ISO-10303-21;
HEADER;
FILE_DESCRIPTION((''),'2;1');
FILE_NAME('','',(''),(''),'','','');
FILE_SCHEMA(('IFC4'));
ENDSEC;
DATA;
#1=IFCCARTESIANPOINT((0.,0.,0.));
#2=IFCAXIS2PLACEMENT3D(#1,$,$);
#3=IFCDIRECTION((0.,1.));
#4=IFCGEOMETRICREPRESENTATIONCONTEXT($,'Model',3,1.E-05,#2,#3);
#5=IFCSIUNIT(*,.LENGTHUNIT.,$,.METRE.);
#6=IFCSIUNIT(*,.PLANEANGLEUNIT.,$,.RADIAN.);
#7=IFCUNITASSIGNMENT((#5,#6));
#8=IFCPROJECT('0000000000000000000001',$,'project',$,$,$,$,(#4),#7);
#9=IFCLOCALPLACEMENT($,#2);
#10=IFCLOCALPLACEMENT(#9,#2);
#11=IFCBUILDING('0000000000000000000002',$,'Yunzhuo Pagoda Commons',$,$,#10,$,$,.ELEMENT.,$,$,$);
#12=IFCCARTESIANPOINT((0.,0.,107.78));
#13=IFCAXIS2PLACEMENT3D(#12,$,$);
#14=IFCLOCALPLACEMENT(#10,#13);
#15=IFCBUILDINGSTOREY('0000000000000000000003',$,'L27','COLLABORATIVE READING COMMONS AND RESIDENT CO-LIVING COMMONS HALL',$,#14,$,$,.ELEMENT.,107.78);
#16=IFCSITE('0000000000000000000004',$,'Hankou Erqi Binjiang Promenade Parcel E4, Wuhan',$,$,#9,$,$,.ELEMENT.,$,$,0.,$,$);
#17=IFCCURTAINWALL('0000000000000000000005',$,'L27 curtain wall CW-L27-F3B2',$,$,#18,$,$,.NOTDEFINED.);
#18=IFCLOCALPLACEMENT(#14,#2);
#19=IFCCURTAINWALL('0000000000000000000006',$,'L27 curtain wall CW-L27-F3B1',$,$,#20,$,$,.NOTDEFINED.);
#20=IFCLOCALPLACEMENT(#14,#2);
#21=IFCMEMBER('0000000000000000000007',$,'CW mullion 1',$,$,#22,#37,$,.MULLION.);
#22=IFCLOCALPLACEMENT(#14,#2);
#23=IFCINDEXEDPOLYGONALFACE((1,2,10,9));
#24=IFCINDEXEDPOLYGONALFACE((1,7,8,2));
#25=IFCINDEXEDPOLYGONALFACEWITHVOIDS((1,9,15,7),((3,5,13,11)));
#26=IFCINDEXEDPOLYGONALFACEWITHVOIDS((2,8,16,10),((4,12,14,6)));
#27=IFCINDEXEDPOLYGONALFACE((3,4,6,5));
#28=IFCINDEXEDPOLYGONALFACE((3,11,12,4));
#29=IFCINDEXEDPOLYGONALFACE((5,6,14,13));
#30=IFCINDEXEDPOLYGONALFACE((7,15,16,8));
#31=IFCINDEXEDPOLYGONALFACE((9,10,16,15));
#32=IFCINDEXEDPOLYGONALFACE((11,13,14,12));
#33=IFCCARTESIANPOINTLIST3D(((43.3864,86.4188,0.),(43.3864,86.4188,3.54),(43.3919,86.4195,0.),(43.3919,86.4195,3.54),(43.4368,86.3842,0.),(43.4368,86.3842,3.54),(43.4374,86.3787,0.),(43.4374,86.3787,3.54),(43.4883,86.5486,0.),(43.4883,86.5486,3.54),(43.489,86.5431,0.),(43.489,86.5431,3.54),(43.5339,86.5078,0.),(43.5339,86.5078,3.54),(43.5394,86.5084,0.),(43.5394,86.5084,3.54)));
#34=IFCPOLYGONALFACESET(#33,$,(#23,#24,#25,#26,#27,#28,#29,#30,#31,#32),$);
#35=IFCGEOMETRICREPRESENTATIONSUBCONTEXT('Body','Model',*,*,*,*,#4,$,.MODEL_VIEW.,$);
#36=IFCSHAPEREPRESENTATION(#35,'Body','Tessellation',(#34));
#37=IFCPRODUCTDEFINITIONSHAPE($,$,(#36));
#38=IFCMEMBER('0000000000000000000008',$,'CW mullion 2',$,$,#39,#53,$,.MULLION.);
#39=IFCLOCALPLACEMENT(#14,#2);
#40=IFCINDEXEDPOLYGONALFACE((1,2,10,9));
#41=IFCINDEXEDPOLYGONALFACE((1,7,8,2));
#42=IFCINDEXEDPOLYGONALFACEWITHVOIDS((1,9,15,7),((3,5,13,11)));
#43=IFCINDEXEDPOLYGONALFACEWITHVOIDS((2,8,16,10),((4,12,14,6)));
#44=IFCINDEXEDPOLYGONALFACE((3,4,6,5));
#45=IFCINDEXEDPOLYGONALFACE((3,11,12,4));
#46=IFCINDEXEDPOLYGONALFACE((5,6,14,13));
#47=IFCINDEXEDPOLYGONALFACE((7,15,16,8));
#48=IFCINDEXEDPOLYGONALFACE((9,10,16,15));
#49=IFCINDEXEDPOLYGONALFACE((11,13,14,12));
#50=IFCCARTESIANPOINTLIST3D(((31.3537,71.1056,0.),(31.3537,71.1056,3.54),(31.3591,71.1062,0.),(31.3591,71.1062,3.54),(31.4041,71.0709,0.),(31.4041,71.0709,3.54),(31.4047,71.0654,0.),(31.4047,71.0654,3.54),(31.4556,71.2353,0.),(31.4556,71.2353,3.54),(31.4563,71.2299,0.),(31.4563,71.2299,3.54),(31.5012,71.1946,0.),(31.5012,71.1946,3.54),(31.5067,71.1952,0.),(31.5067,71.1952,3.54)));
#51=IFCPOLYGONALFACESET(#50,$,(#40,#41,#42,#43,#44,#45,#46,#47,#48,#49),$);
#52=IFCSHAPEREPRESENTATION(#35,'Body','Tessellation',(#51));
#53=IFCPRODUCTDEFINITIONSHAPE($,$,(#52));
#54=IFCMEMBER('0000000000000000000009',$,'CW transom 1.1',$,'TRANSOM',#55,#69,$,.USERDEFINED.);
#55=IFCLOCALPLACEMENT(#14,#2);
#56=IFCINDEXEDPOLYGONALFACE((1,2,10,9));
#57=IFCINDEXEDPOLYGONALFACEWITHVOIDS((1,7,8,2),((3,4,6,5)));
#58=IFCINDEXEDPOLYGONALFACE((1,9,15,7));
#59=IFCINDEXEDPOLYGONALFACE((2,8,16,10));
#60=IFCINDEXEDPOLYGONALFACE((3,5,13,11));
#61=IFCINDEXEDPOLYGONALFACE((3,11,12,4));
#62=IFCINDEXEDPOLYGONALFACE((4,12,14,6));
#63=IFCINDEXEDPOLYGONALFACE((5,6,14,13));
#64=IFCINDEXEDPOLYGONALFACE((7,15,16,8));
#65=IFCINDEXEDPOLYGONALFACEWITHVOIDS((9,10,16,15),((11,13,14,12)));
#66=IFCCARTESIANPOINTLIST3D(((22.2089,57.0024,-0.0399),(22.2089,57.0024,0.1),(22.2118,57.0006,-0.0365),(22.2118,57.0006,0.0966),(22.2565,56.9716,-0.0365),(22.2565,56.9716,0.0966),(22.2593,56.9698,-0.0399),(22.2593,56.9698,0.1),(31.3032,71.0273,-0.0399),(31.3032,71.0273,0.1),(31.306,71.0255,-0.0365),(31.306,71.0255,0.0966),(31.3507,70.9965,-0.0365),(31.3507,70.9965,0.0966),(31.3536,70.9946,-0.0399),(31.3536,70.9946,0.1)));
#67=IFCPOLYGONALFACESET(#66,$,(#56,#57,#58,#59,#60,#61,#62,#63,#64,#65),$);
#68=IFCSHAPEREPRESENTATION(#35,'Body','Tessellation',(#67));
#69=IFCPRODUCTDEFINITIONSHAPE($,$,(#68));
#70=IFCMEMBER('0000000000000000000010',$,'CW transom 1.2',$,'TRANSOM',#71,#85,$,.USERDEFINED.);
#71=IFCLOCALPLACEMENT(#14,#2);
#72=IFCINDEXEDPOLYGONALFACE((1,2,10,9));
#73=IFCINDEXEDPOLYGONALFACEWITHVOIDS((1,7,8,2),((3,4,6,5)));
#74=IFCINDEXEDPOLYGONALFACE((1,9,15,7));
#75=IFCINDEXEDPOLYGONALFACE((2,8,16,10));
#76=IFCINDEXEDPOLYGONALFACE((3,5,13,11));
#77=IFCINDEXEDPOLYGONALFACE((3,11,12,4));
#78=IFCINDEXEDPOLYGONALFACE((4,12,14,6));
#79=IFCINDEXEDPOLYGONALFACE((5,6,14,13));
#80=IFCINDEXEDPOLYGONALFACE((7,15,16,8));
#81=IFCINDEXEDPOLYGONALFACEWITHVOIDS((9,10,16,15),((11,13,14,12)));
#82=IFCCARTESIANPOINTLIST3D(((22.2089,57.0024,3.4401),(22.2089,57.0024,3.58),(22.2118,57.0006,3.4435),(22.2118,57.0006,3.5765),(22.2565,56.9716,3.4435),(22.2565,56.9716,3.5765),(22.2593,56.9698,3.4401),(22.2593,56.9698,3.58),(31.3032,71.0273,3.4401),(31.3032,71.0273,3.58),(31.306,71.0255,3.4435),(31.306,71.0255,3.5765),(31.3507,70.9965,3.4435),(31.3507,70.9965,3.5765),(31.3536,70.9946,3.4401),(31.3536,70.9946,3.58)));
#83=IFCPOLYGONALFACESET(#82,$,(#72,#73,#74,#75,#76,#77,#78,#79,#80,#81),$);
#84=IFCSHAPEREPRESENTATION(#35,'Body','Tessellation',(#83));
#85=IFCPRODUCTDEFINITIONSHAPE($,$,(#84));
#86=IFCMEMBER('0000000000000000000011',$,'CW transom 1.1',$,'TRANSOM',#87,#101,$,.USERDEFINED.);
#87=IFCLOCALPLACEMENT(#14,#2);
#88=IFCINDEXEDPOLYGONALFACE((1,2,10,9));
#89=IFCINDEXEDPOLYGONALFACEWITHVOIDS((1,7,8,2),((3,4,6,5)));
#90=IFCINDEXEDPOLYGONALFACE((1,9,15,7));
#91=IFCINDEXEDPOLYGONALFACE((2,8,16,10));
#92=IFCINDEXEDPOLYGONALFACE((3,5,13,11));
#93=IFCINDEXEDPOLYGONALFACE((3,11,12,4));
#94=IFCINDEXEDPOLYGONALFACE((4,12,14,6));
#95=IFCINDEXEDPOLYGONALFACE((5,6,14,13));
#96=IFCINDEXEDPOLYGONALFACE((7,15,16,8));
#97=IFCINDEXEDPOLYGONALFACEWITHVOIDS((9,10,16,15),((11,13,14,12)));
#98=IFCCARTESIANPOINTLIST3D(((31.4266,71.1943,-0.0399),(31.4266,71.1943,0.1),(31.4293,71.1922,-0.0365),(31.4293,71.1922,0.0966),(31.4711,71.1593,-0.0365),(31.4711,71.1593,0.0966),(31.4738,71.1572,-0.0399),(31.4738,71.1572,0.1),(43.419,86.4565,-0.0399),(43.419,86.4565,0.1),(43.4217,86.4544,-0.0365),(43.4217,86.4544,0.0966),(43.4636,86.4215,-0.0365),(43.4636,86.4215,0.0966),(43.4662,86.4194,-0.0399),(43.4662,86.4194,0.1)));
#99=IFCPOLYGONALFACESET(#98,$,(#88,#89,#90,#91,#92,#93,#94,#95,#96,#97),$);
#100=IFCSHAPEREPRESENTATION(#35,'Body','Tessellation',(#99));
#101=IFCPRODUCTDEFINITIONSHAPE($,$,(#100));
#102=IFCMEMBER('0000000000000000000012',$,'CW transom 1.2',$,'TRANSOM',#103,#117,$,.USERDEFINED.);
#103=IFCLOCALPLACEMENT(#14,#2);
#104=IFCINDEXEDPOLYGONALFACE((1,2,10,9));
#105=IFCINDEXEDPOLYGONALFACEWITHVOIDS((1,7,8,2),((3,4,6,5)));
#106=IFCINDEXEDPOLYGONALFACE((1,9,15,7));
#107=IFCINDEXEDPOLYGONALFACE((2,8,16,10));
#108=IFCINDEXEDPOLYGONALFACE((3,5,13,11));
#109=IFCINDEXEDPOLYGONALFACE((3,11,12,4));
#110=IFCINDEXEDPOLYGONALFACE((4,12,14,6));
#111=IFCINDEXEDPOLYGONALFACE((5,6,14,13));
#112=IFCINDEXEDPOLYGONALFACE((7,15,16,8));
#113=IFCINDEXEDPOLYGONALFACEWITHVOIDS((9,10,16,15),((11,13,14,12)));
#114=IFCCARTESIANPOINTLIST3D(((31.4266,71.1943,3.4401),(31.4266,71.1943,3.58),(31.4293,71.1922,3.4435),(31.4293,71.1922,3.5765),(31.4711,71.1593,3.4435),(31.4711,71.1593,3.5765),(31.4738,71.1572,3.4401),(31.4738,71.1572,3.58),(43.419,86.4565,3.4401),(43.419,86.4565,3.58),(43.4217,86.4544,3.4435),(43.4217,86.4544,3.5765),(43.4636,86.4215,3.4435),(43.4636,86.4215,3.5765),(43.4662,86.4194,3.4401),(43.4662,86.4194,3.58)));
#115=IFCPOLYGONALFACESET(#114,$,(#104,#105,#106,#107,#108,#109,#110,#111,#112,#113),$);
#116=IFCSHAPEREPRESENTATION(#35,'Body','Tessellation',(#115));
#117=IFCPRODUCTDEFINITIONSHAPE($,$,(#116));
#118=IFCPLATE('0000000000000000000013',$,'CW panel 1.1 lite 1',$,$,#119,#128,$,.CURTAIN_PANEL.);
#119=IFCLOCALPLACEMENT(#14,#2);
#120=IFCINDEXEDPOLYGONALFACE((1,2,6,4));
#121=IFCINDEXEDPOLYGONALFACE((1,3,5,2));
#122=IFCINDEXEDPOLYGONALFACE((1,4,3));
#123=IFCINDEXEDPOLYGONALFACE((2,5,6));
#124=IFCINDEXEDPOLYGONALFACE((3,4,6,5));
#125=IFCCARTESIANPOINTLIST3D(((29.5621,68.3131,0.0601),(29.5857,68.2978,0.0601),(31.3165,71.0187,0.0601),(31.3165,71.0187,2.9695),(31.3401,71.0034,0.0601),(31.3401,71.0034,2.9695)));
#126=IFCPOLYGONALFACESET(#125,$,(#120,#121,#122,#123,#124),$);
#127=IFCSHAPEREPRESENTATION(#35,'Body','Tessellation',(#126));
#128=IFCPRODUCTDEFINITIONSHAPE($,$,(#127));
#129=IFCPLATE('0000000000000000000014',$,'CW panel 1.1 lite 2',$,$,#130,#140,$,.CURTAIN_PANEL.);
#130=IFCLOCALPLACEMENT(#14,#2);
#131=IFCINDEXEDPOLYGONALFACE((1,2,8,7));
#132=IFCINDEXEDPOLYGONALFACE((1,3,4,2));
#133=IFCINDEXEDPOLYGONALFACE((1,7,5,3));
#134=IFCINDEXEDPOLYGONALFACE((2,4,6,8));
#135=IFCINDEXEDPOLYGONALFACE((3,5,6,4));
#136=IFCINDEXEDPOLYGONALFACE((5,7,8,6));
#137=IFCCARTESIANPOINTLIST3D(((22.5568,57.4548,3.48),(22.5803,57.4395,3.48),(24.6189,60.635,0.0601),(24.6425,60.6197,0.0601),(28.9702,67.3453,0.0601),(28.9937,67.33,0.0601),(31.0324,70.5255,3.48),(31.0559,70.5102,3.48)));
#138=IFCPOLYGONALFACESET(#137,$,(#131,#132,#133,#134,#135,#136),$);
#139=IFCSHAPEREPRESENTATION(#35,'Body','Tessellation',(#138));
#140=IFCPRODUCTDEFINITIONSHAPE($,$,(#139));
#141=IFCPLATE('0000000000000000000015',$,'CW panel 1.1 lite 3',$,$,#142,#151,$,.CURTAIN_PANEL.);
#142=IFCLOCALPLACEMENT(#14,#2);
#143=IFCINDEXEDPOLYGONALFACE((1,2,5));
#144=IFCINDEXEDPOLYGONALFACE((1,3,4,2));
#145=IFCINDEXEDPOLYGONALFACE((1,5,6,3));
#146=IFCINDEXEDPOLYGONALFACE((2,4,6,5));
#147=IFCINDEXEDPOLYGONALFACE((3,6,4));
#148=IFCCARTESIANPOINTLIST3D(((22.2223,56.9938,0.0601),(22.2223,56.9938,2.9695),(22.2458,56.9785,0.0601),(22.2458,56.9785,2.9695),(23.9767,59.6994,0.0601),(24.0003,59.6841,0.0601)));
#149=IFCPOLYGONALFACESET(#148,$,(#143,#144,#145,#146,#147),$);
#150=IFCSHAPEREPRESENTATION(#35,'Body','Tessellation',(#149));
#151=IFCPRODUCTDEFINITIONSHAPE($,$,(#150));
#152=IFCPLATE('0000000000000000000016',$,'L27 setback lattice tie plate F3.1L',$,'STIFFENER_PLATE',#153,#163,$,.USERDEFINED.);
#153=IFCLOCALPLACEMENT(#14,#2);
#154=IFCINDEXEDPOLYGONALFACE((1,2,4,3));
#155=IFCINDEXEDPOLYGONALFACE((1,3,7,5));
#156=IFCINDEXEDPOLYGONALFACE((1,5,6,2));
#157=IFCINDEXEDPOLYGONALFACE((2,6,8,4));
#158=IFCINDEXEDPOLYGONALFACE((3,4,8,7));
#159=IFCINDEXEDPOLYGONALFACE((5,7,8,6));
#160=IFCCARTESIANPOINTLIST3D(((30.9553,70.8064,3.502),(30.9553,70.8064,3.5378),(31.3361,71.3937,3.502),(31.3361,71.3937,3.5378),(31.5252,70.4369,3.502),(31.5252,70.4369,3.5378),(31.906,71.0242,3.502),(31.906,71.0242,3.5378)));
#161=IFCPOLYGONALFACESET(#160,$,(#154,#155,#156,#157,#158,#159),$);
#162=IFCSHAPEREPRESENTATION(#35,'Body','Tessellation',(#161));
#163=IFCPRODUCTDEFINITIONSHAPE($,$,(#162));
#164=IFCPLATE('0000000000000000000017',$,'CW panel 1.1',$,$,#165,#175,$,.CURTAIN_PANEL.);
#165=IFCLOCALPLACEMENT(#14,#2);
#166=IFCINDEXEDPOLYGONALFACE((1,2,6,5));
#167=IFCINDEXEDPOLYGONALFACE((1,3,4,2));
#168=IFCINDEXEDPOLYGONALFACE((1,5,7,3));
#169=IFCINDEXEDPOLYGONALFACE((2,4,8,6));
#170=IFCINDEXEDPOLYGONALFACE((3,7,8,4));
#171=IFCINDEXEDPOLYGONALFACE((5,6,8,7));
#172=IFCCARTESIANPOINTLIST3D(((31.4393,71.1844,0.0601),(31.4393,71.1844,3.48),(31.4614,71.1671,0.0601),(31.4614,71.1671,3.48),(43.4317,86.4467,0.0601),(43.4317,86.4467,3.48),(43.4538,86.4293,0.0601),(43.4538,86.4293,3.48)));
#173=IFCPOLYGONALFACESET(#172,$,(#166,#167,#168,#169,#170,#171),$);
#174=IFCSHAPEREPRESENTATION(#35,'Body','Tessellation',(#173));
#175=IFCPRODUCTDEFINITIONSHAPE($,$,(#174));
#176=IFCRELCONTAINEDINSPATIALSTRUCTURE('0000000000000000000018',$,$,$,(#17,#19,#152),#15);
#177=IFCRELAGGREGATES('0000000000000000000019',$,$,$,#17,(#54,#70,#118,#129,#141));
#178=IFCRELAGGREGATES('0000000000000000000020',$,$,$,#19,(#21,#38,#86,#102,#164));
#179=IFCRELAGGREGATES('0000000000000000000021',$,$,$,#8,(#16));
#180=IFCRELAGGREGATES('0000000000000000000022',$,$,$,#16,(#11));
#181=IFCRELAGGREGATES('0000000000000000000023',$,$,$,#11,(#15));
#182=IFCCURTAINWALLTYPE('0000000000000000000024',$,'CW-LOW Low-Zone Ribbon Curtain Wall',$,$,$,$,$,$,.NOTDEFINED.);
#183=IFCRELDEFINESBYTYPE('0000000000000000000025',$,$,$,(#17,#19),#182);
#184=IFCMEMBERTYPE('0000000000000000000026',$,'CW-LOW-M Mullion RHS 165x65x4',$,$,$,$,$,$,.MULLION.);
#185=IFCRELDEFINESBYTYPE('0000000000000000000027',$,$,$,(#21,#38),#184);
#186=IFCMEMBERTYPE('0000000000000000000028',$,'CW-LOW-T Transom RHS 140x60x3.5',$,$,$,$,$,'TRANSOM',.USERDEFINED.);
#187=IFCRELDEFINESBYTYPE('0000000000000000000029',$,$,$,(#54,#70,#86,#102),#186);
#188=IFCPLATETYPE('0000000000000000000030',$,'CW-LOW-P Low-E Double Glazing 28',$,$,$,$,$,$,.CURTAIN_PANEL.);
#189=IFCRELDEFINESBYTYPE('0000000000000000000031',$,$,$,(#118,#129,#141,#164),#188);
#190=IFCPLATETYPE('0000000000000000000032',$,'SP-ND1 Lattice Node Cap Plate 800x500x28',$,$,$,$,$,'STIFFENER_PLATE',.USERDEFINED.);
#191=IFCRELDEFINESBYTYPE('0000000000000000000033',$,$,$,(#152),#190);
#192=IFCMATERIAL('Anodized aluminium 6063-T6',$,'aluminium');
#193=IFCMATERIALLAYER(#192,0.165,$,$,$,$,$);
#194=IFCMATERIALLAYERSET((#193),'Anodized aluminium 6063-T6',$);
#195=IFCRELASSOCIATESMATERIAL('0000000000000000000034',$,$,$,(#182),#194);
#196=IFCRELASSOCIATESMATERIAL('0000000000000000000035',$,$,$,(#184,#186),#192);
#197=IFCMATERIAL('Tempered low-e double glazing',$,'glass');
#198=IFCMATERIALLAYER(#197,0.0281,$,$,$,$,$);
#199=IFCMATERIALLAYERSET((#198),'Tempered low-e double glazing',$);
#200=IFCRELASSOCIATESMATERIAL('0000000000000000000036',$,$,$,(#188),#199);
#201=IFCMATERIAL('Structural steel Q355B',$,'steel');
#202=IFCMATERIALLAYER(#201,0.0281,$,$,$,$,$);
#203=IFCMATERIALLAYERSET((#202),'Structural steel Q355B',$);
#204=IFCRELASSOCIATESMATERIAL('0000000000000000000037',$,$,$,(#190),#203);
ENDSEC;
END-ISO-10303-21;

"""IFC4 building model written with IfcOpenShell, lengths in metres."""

from ifc_helpers import new_model, si_unit, direction, frame, origin, origin_2d, place, context, subcontext, project, spatial, polyline, rectangle, hollow_rectangle, outline, extrude, source, transform, mapped, material, layer, layer_set, material_profile, profile_set, type_object, element, aggregate, save


model = new_model("IFC4")

# Units and contexts
model_context = context("Model", 3, precision=1e-05, world=origin(), true_north=direction((0.0, 1.0)))
body_context = subcontext(model_context, "Body", "Model", "MODEL_VIEW")
ifc_project = project(units=[si_unit("LENGTHUNIT", "METRE"), si_unit("PLANEANGLEUNIT", "RADIAN")], contexts=[model_context])

# Site, building, storey
site_placement = place(None, origin())
site = spatial("IfcSite", under=ifc_project, at=site_placement, Name="Hankou Erqi Binjiang Promenade Parcel E4, Wuhan", CompositionType="ELEMENT", RefElevation=0.0)
building_placement = place(site_placement, origin())
building = spatial("IfcBuilding", under=site, at=building_placement, Name="Yunzhuo Pagoda Commons", CompositionType="ELEMENT")
storey_placement = place(building_placement, frame((0.0, 0.0, 107.78)))
storey = spatial("IfcBuildingStorey", under=building, at=storey_placement, Name="L27", Description="COLLABORATIVE READING COMMONS AND RESIDENT CO-LIVING COMMONS HALL", CompositionType="ELEMENT", Elevation=107.78)

# Shared definitions
ifc_material_1 = material(Name="Structural steel Q355B", Category="steel")

# Curtain wall
ifc_material_2 = material(Name="Anodized aluminium 6063-T6", Category="aluminium")
ifc_layer_1 = layer(ifc_material_2, 0.165)
ifc_layer_set_1 = layer_set([ifc_layer_1], Name="Anodized aluminium 6063-T6")
curtain_wall_type = type_object("IfcCurtainWallType", Name="CW-LOW Low-Zone Ribbon Curtain Wall", PredefinedType="NOTDEFINED", material=ifc_layer_set_1)
curtain_wall_1_placement = place(storey_placement, origin())
curtain_wall_1 = element("IfcCurtainWall", 1, at=curtain_wall_1_placement, inside=storey, type_object=curtain_wall_type, Name="L27 curtain wall CW-L27-F3B2", PredefinedType="NOTDEFINED")
ifc_material_profile_1 = material_profile(ifc_material_2, hollow_rectangle(XDim=0.0649, YDim=0.165, WallThickness=0.0039, at=origin_2d()), Name="Anodized aluminium 6063-T6")
ifc_profile_set_1 = profile_set([ifc_material_profile_1], Name="Anodized aluminium 6063-T6")
member_type_1 = type_object("IfcMemberType", Name="CW-LOW-M Mullion RHS 165x65x4", PredefinedType="MULLION", material=ifc_profile_set_1)
shared_shape_1 = source(origin(), body_context, "Body", "SweptSolid", [
    extrude(hollow_rectangle(XDim=0.0649, YDim=0.165, WallThickness=0.0039, at=origin_2d()), origin(), (0.0, 0.0, 1.0), 3.54),
])

# Curtain wall, members
curtain_wall_2_placement = place(storey_placement, origin())
curtain_wall_2 = element("IfcCurtainWall", 2, at=curtain_wall_2_placement, inside=storey, type_object=curtain_wall_type, Name="L27 curtain wall CW-L27-F3B1", PredefinedType="NOTDEFINED")
member_1_placement = place(storey_placement, frame((43.4629, 86.4636, 0.0), z_axis=(0.0, 0.0, 1.0), x_axis=(0.786301, -0.617843, 0.0)))
member_1 = element("IfcMember", 3, at=member_1_placement, type_object=member_type_1, Name="CW mullion 1", PredefinedType="MULLION", context=body_context, shape_type="MappedRepresentation", body=[
    mapped(shared_shape_1, transform((0.0, 0.0, 0.0), scale=1.0)),
])
member_2_placement = place(storey_placement, frame((31.4302, 71.1504, 0.0), z_axis=(0.0, 0.0, 1.0), x_axis=(0.786301, -0.617843, 0.0)))
member_2 = element("IfcMember", 4, at=member_2_placement, type_object=member_type_1, Name="CW mullion 2", PredefinedType="MULLION", context=body_context, shape_type="MappedRepresentation", body=[
    mapped(shared_shape_1, transform((0.0, 0.0, 0.0), scale=1.0)),
])

# Members
ifc_material_profile_2 = material_profile(ifc_material_2, hollow_rectangle(XDim=0.0601, YDim=0.1399, WallThickness=0.0034, at=origin_2d()), Name="Anodized aluminium 6063-T6")
ifc_profile_set_2 = profile_set([ifc_material_profile_2], Name="Anodized aluminium 6063-T6")
member_type_2 = type_object("IfcMemberType", Name="CW-LOW-T Transom RHS 140x60x3.5", ElementType="TRANSOM", PredefinedType="USERDEFINED", material=ifc_profile_set_2)
shared_shape_2 = source(origin(), body_context, "Body", "SweptSolid", [
    extrude(hollow_rectangle(XDim=0.0601, YDim=0.1399, WallThickness=0.0034, at=origin_2d()), origin(), (0.0, 0.0, 1.0), 16.7153),
])
member_3_placement = place(storey_placement, frame((31.3284, 71.011, 0.03), z_axis=(-0.544065, -0.839043, 0.0), x_axis=(0.839043, -0.544065, 0.0)))
member_3 = element("IfcMember", 5, at=member_3_placement, type_object=member_type_2, Name="CW transom 1.1", ObjectType="TRANSOM", PredefinedType="USERDEFINED", context=body_context, shape_type="MappedRepresentation", body=[
    mapped(shared_shape_2, transform((0.0, 0.0, 0.0), scale=1.0)),
])
member_4_placement = place(storey_placement, frame((31.3284, 71.011, 3.51), z_axis=(-0.544065, -0.839043, 0.0), x_axis=(0.839043, -0.544065, 0.0)))
member_4 = element("IfcMember", 6, at=member_4_placement, type_object=member_type_2, Name="CW transom 1.2", ObjectType="TRANSOM", PredefinedType="USERDEFINED", context=body_context, shape_type="MappedRepresentation", body=[
    mapped(shared_shape_2, transform((0.0, 0.0, 0.0), scale=1.0)),
])
shared_shape_3 = source(origin(), body_context, "Body", "SweptSolid", [
    extrude(hollow_rectangle(XDim=0.0601, YDim=0.1399, WallThickness=0.0034, at=origin_2d()), origin(), (0.0, 0.0, 1.0), 19.4102),
])
member_5_placement = place(storey_placement, frame((43.4426, 86.438, 0.03), z_axis=(-0.617844, -0.786301, 0.0), x_axis=(0.786301, -0.617844, 0.0)))
member_5 = element("IfcMember", 7, at=member_5_placement, type_object=member_type_2, Name="CW transom 1.1", ObjectType="TRANSOM", PredefinedType="USERDEFINED", context=body_context, shape_type="MappedRepresentation", body=[
    mapped(shared_shape_3, transform((0.0, 0.0, 0.0), scale=1.0)),
])
member_6_placement = place(storey_placement, frame((43.4426, 86.438, 3.51), z_axis=(-0.617844, -0.786301, 0.0), x_axis=(0.786301, -0.617844, 0.0)))
member_6 = element("IfcMember", 8, at=member_6_placement, type_object=member_type_2, Name="CW transom 1.2", ObjectType="TRANSOM", PredefinedType="USERDEFINED", context=body_context, shape_type="MappedRepresentation", body=[
    mapped(shared_shape_3, transform((0.0, 0.0, 0.0), scale=1.0)),
])

# Plates
ifc_material_3 = material(Name="Tempered low-e double glazing", Category="glass")
ifc_layer_2 = layer(ifc_material_3, 0.0281)
ifc_layer_set_2 = layer_set([ifc_layer_2], Name="Tempered low-e double glazing")
plate_type_1 = type_object("IfcPlateType", Name="CW-LOW-P Low-E Double Glazing 28", PredefinedType="CURTAIN_PANEL", material=ifc_layer_set_2)
plate_1_placement = place(storey_placement, frame((30.4629, 69.6506, 1.5146), z_axis=(-0.83904, 0.54407, 0.0), x_axis=(-0.54407, -0.83904, 0.0)))
plate_1 = element("IfcPlate", 9, at=plate_1_placement, type_object=plate_type_1, Name="CW panel 1.1 lite 1", PredefinedType="CURTAIN_PANEL", context=body_context, shape_type="SweptSolid", body=[
    extrude(outline(polyline([(-1.6123, -1.4546), (1.6123, -1.4546), (-1.6123, 1.4548), (-1.6123, -1.4546)])), origin(), (0.0, 0.0, 1.0), 0.0281),
])
plate_2_placement = place(storey_placement, frame((26.8181, 63.9749, 1.77), z_axis=(-0.83904, 0.54407, 0.0), x_axis=(-0.54407, -0.83904, 0.0)))
plate_2 = element("IfcPlate", 10, at=plate_2_placement, type_object=plate_type_1, Name="CW panel 1.1 lite 2", PredefinedType="CURTAIN_PANEL", context=body_context, shape_type="SweptSolid", body=[
    extrude(outline(polyline([(-7.7891, 1.71), (-3.9988, -1.71), (3.9988, -1.71), (7.7891, 1.71), (-7.7891, 1.71)])), origin(), (0.0, 0.0, 1.0), 0.0281),
])
plate_3_placement = place(storey_placement, frame((23.123, 58.3313, 1.5146), z_axis=(-0.83904, 0.54407, 0.0), x_axis=(-0.54407, -0.83904, 0.0)))
plate_3 = element("IfcPlate", 11, at=plate_3_placement, type_object=plate_type_1, Name="CW panel 1.1 lite 3", PredefinedType="CURTAIN_PANEL", context=body_context, shape_type="SweptSolid", body=[
    extrude(outline(polyline([(-1.6123, -1.4546), (1.6123, -1.4546), (1.6123, 1.4548), (-1.6123, -1.4546)])), origin(), (0.0, 0.0, 1.0), 0.0281),
])
aggregate(curtain_wall_1, [member_3, member_4, plate_1, plate_2, plate_3])
ifc_layer_3 = layer(ifc_material_1, 0.0281)
ifc_layer_set_3 = layer_set([ifc_layer_3], Name="Structural steel Q355B")
plate_type_2 = type_object("IfcPlateType", Name="SP-ND1 Lattice Node Cap Plate 800x500x28", ElementType="STIFFENER_PLATE", PredefinedType="USERDEFINED", material=ifc_layer_set_3)
shared_shape_4 = source(origin(), body_context, "Body", "SweptSolid", [
    extrude(rectangle(XDim=0.7, YDim=0.6792, at=origin_2d()), origin(), (0.0, 0.0, 1.0), 0.0359),
])
plate_4_placement = place(storey_placement, frame((31.4307, 70.9153, 3.502), z_axis=(0.0, 0.0, 1.0), x_axis=(-0.544068, -0.839041, 0.0)))
element("IfcPlate", 12, at=plate_4_placement, inside=storey, type_object=plate_type_2, Name="L27 setback lattice tie plate F3.1L", ObjectType="STIFFENER_PLATE", PredefinedType="USERDEFINED", context=body_context, shape_type="MappedRepresentation", body=[
    mapped(shared_shape_4, transform((0.0, 0.0, 0.0), scale=1.0)),
])
shared_shape_5 = source(origin(), body_context, "Body", "SweptSolid", [
    extrude(rectangle(XDim=19.4102, YDim=0.0281, at=origin_2d()), origin(), (0.0, 0.0, 1.0), 3.4199),
])
plate_5_placement = place(storey_placement, frame((37.4465, 78.8069, 0.0601), z_axis=(0.0, 0.0, 1.0), x_axis=(-0.617843, -0.786301, 0.0)))
plate_5 = element("IfcPlate", 13, at=plate_5_placement, type_object=plate_type_1, Name="CW panel 1.1", PredefinedType="CURTAIN_PANEL", context=body_context, shape_type="MappedRepresentation", body=[
    mapped(shared_shape_5, transform((0.0, 0.0, 0.0), scale=1.0)),
])
aggregate(curtain_wall_2, [member_1, member_2, member_5, member_6, plate_5])

save(model, "model.ifc")
